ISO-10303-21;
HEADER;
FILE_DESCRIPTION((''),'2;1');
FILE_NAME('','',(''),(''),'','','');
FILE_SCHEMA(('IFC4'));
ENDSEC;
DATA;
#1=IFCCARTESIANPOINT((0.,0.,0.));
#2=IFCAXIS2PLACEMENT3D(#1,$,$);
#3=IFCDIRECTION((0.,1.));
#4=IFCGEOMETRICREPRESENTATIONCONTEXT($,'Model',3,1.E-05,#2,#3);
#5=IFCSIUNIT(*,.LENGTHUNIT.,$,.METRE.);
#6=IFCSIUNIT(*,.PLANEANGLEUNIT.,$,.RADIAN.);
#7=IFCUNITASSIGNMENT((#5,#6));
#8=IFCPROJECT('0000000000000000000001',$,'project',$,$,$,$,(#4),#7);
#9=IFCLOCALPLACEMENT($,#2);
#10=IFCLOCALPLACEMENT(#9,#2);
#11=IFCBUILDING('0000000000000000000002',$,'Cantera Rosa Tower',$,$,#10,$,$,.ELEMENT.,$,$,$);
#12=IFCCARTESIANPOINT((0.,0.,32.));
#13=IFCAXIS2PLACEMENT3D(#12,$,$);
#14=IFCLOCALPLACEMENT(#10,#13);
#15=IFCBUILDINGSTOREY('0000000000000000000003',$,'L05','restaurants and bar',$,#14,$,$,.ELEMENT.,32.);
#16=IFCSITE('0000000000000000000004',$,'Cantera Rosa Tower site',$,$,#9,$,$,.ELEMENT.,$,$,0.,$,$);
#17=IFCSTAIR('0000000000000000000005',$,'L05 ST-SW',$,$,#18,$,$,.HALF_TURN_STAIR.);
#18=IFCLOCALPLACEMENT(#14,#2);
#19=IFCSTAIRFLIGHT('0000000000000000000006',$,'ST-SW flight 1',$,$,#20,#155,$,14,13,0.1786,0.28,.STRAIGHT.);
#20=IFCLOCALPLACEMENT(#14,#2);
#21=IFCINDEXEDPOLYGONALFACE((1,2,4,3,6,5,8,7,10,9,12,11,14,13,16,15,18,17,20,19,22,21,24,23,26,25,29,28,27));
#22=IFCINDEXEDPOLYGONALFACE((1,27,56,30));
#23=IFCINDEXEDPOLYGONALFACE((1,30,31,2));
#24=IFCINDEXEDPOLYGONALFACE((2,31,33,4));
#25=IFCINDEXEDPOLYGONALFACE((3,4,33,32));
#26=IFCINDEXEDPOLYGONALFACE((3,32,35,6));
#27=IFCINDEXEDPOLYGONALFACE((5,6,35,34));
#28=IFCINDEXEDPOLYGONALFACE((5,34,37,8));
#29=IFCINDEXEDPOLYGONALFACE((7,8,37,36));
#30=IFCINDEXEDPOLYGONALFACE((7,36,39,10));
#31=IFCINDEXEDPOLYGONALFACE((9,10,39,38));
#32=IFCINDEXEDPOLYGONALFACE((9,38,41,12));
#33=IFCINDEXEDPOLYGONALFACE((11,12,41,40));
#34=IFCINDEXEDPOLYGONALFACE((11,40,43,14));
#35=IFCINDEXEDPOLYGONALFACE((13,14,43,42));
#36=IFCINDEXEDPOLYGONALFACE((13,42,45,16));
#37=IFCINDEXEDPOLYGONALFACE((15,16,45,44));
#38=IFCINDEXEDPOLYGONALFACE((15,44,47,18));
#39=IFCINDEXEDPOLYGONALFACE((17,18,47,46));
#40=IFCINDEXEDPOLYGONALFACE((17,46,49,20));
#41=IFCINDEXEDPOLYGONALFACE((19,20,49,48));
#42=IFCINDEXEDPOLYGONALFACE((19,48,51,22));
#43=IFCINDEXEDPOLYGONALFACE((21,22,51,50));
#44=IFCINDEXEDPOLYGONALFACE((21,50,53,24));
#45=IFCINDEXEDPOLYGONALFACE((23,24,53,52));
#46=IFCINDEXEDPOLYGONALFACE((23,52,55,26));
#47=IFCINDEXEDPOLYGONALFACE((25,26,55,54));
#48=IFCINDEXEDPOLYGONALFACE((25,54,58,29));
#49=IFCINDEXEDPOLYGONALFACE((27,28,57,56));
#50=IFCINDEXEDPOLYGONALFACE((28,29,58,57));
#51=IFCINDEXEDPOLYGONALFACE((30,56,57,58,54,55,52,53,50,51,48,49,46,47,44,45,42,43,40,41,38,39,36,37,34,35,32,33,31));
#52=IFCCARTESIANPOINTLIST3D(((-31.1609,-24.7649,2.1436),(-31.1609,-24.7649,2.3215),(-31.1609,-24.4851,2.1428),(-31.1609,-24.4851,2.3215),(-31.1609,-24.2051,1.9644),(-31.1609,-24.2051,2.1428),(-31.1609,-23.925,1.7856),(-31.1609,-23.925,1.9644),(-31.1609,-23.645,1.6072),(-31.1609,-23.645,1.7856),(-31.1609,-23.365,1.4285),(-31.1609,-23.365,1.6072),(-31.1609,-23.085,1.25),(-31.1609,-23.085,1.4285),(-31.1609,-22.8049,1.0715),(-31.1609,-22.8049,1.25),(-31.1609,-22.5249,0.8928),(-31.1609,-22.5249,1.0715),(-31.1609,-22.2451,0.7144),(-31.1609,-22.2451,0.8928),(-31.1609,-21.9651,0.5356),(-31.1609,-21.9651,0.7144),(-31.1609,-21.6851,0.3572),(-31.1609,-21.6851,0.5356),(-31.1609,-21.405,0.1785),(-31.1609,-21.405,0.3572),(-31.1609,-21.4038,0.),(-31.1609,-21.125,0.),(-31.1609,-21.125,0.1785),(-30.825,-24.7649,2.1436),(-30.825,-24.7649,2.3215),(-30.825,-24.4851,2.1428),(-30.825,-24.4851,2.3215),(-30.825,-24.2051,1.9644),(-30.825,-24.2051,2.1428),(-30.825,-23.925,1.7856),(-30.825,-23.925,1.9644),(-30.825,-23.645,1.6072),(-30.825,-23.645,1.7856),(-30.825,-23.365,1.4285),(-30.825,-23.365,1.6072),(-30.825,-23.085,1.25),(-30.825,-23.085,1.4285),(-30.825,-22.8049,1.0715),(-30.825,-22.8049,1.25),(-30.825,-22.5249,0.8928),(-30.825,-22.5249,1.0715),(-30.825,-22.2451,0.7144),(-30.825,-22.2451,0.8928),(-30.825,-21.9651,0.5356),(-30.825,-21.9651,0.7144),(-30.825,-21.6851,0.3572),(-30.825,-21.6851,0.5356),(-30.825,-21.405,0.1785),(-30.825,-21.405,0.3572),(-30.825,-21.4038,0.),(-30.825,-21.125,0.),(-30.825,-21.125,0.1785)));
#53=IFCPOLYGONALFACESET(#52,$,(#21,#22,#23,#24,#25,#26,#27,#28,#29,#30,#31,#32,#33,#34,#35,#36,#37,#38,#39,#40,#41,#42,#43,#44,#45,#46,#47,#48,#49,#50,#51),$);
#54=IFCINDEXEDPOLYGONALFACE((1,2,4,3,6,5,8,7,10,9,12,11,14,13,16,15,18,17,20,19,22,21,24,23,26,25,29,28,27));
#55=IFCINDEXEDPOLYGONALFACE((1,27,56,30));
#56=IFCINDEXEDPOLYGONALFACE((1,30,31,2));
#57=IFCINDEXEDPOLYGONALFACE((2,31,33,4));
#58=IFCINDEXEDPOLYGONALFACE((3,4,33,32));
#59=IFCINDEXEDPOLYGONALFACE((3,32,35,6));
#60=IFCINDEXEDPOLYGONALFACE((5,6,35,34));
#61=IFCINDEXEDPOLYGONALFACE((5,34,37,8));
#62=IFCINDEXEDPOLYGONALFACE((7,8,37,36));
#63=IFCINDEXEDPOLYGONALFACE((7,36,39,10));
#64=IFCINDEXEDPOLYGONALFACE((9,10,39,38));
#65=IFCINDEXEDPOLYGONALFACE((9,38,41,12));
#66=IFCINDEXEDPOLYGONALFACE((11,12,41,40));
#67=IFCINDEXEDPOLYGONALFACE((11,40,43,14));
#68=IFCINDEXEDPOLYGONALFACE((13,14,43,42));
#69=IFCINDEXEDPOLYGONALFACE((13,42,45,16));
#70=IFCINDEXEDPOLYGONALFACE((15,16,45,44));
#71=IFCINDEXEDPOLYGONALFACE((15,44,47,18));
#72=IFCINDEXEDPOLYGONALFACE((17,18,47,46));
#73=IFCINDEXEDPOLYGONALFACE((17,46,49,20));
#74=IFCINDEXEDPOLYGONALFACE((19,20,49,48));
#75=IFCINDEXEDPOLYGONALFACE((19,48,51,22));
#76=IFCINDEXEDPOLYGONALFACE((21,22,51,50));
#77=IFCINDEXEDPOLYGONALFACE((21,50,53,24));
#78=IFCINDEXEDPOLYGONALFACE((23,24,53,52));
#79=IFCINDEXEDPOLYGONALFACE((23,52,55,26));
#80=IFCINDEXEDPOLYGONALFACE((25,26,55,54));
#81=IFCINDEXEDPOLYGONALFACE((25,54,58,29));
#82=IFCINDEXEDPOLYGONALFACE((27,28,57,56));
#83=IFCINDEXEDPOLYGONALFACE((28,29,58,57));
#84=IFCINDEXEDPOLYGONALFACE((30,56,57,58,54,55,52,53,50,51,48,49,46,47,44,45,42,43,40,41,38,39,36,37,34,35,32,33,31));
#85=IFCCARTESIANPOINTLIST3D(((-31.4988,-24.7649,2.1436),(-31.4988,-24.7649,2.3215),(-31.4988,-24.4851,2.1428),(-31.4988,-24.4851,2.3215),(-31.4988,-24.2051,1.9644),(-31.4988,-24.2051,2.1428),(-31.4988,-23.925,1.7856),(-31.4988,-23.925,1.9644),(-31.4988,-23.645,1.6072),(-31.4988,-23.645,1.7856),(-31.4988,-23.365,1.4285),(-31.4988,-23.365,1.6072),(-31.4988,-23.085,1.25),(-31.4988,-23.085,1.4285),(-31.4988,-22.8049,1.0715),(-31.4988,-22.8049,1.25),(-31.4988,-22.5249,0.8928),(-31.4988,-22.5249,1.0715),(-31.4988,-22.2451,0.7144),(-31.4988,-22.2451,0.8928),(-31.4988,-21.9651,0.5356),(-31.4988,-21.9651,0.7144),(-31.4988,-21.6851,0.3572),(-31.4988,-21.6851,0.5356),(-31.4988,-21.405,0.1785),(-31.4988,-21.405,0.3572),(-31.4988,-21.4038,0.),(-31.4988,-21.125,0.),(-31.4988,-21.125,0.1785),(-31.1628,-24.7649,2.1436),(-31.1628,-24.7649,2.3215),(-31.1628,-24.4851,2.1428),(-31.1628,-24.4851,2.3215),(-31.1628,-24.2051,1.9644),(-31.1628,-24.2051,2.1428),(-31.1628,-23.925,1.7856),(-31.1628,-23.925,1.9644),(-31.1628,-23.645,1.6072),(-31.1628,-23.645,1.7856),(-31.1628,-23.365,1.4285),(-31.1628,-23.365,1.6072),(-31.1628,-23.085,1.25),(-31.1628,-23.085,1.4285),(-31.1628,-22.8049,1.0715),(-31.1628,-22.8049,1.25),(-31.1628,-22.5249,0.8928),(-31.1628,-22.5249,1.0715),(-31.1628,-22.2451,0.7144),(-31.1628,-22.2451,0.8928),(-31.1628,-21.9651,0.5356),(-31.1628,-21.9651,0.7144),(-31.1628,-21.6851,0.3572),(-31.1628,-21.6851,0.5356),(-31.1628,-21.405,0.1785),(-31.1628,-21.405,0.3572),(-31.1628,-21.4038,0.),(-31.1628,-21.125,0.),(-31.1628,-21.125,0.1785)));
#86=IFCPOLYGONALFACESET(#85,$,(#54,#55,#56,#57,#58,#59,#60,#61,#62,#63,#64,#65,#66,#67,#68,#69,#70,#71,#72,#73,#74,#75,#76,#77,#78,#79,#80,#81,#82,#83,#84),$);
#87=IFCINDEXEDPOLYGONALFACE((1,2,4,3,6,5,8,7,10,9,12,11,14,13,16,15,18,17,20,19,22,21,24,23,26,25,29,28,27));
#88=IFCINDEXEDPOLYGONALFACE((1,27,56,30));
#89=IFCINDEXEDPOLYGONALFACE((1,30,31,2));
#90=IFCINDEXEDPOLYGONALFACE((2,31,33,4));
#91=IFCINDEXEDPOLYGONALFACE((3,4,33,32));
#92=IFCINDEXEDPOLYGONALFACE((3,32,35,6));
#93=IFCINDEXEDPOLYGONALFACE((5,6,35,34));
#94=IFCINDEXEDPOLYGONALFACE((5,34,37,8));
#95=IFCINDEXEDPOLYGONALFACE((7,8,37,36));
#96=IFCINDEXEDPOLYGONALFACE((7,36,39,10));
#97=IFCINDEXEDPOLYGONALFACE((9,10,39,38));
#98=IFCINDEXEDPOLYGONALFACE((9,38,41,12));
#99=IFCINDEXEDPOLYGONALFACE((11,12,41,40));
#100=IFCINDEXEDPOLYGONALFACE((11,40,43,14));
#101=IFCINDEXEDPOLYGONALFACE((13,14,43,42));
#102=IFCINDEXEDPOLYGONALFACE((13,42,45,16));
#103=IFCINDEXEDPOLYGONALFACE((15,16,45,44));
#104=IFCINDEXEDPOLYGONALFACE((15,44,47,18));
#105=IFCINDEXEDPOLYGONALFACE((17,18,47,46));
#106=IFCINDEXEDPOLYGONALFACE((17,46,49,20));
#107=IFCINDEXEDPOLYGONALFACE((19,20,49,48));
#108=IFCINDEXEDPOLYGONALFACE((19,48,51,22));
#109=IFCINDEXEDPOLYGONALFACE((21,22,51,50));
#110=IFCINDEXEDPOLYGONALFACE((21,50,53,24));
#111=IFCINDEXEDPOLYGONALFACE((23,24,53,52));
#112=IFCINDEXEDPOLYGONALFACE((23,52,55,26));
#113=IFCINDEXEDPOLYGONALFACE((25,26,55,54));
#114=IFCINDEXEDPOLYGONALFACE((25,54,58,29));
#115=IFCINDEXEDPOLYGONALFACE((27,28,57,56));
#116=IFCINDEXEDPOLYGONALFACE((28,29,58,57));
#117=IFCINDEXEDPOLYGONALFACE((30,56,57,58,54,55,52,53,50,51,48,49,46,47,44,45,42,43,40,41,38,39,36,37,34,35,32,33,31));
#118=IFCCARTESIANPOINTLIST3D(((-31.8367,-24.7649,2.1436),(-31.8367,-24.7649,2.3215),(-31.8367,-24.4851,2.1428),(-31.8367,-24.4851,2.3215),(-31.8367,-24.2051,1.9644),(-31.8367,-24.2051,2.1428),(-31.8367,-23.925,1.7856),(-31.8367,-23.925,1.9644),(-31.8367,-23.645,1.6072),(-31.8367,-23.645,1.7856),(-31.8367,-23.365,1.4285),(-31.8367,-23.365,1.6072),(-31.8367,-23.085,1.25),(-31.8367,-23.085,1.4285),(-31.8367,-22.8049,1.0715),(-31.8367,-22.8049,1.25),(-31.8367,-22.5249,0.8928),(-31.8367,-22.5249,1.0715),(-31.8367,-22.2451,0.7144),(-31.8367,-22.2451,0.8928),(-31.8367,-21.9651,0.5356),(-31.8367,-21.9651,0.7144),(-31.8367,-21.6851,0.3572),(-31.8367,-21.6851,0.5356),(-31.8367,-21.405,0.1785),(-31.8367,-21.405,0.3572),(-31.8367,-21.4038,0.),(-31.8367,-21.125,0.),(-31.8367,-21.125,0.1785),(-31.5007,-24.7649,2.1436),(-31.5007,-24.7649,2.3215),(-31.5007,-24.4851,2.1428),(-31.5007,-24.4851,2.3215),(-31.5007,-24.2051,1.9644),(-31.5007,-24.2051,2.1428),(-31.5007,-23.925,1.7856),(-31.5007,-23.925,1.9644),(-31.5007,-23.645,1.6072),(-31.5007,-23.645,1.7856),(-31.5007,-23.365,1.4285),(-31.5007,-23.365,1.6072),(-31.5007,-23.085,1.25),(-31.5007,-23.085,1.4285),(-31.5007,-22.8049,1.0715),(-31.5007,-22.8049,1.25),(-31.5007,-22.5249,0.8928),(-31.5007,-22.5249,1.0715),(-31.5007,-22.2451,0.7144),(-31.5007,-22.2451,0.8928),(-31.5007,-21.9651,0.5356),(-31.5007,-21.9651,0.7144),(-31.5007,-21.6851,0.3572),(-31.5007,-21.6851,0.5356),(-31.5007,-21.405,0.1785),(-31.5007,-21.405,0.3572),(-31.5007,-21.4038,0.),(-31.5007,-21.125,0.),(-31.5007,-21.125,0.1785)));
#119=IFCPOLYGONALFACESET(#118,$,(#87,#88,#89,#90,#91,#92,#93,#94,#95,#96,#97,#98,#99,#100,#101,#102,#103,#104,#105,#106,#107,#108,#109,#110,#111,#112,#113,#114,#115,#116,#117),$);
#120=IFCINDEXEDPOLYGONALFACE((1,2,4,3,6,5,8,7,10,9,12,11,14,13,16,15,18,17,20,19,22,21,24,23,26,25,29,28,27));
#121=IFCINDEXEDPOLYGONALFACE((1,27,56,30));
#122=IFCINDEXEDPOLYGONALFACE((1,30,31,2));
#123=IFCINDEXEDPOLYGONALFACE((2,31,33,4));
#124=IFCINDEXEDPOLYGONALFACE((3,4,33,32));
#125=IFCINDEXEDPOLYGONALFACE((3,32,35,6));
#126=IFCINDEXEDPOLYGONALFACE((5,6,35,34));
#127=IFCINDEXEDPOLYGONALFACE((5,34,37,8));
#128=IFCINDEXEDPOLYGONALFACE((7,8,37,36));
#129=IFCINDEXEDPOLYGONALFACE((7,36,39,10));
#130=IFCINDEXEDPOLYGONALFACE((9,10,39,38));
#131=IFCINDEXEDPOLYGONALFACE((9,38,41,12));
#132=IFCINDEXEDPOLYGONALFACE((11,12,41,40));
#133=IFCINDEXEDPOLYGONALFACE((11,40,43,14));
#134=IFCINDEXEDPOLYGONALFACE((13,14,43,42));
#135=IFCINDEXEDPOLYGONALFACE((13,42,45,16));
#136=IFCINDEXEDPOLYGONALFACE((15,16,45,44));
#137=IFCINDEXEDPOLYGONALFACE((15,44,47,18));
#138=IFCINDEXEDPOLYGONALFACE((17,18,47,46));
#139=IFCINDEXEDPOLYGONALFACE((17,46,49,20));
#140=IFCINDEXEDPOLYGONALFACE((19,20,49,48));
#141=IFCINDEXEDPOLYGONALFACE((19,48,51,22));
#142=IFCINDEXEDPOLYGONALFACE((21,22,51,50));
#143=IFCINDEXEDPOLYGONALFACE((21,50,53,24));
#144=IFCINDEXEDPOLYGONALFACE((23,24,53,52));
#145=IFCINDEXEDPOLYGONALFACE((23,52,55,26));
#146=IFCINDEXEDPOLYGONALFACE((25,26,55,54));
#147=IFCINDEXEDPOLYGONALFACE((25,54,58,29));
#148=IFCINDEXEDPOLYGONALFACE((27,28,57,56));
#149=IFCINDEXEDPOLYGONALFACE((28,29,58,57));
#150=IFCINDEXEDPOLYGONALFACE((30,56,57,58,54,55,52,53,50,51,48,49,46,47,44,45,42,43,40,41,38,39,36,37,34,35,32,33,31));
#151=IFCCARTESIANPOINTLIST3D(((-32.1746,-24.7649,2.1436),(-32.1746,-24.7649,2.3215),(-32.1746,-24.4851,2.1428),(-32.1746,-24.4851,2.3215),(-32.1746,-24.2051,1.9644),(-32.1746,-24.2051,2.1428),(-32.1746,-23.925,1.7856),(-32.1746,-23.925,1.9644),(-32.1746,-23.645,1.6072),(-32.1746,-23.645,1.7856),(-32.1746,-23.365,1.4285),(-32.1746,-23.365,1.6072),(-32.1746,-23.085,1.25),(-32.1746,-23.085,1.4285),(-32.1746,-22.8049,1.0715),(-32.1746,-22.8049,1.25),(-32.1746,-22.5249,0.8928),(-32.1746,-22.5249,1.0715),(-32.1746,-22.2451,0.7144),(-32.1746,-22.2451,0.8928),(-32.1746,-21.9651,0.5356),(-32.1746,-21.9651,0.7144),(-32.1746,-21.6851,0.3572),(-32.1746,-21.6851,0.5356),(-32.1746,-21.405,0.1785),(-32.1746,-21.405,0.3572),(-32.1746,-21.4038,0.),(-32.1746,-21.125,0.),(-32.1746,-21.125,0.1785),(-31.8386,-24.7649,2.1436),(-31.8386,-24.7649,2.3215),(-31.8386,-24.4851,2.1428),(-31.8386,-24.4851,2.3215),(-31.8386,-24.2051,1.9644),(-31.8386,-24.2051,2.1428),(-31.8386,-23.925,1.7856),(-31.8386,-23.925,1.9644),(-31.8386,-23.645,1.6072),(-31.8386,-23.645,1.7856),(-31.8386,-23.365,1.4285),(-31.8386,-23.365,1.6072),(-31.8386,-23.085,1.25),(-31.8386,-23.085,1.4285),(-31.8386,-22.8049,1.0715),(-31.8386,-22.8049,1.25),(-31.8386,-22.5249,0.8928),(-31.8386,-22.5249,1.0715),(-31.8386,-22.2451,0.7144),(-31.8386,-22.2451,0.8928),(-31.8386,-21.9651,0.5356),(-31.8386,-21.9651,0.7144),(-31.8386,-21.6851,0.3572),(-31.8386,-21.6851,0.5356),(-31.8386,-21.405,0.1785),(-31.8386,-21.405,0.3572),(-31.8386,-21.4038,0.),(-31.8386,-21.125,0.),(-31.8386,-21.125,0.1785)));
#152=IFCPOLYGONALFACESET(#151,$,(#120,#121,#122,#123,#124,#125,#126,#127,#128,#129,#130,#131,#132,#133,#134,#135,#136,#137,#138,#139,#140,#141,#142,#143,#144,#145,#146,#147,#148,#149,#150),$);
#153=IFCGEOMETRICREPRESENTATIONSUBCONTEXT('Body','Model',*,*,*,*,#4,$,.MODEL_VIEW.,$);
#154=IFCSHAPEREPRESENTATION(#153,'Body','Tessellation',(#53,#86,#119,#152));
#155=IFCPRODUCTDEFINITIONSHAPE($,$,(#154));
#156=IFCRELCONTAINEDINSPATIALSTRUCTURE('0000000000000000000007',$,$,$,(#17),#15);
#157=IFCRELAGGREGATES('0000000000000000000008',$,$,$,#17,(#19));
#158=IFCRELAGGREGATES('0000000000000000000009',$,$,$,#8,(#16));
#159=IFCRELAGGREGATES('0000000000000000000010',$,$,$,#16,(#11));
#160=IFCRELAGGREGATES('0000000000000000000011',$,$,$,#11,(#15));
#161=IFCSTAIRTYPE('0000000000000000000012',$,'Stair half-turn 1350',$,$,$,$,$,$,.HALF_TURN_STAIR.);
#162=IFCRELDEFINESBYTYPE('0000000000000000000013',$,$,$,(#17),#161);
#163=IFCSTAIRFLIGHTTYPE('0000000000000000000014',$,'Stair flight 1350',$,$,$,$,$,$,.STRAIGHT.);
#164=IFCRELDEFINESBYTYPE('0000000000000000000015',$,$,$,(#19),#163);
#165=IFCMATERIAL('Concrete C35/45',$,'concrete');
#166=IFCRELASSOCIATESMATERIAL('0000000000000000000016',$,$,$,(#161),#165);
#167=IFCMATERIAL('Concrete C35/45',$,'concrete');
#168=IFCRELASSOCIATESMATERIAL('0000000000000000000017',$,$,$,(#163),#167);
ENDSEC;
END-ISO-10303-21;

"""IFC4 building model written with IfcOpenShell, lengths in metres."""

from ifc_helpers import new_model, si_unit, direction, frame, origin, place, context, subcontext, project, spatial, polyline, outline, extrude, material, type_object, element, aggregate, save


model = new_model("IFC4")

# Units and contexts
model_context = context("Model", 3, precision=1e-05, world=origin(), true_north=direction((0.0, 1.0)))
body_context = subcontext(model_context, "Body", "Model", "MODEL_VIEW")
ifc_project = project(units=[si_unit("LENGTHUNIT", "METRE"), si_unit("PLANEANGLEUNIT", "RADIAN")], contexts=[model_context])

# Site, building, storey
site_placement = place(None, origin())
site = spatial("IfcSite", under=ifc_project, at=site_placement, Name="Cantera Rosa Tower site", CompositionType="ELEMENT", RefElevation=0.0)
building_placement = place(site_placement, origin())
building = spatial("IfcBuilding", under=site, at=building_placement, Name="Cantera Rosa Tower", CompositionType="ELEMENT")
storey_placement = place(building_placement, frame((0.0, 0.0, 32.0)))
storey = spatial("IfcBuildingStorey", under=building, at=storey_placement, Name="L05", Description="restaurants and bar", CompositionType="ELEMENT", Elevation=32.0)

# Stair, stair flight
ifc_material_1 = material(Name="Concrete C35/45", Category="concrete")
stair_type = type_object("IfcStairType", Name="Stair half-turn 1350", PredefinedType="HALF_TURN_STAIR", material=ifc_material_1)
stair_placement = place(storey_placement, origin())
stair = element("IfcStair", 1, at=stair_placement, inside=storey, type_object=stair_type, Name="L05 ST-SW", PredefinedType="HALF_TURN_STAIR")
ifc_material_2 = material(Name="Concrete C35/45", Category="concrete")
stair_flight_type = type_object("IfcStairFlightType", Name="Stair flight 1350", PredefinedType="STRAIGHT", material=ifc_material_2)
stair_flight_1_placement = place(storey_placement, frame((-31.5, -21.125, 0.0), z_axis=(0.0, 0.0, 1.0), x_axis=(0.0, -1.0, 0.0)))
stair_flight_1 = element("IfcStairFlight", 2, at=stair_flight_1_placement, type_object=stair_flight_type, Name="ST-SW flight 1", NumberOfRisers=14, NumberOfTreads=13, PredefinedType="STRAIGHT", RiserHeight=0.1786, TreadLength=0.28, context=body_context, shape_type="SweptSolid", body=[
    extrude(outline(polyline([(0.0, 0.0), (0.0, 0.1785), (0.28, 0.1785), (0.28, 0.3572), (0.5601, 0.3572), (0.5601, 0.5356), (0.8401, 0.5356), (0.8401, 0.7144), (1.1201, 0.7144), (1.1201, 0.8928), (1.3999, 0.8928), (1.3999, 1.0715), (1.6799, 1.0715), (1.6799, 1.25), (1.96, 1.25), (1.96, 1.4285), (2.24, 1.4285), (2.24, 1.6072), (2.52, 1.6072), (2.52, 1.7856), (2.8, 1.7856), (2.8, 1.9644), (3.0801, 1.9644), (3.0801, 2.1428), (3.3601, 2.1428), (3.3601, 2.3215), (3.6399, 2.3215), (3.6399, 2.5), (3.6399, 2.1436), (0.2788, 0.0), (0.0, 0.0)])), frame((0.0, 0.675, 0.0), z_axis=(0.0, -1.0, 0.0), x_axis=(1.0, 0.0, 0.0)), (0.0, 0.0, 1.0), 0.3359),
    extrude(outline(polyline([(0.0, 0.0), (0.0, 0.1785), (0.28, 0.1785), (0.28, 0.3572), (0.5601, 0.3572), (0.5601, 0.5356), (0.8401, 0.5356), (0.8401, 0.7144), (1.1201, 0.7144), (1.1201, 0.8928), (1.3999, 0.8928), (1.3999, 1.0715), (1.6799, 1.0715), (1.6799, 1.25), (1.96, 1.25), (1.96, 1.4285), (2.24, 1.4285), (2.24, 1.6072), (2.52, 1.6072), (2.52, 1.7856), (2.8, 1.7856), (2.8, 1.9644), (3.0801, 1.9644), (3.0801, 2.1428), (3.3601, 2.1428), (3.3601, 2.3215), (3.6399, 2.3215), (3.6399, 2.5), (3.6399, 2.1436), (0.2788, 0.0), (0.0, 0.0)])), frame((0.0, 0.3372, 0.0), z_axis=(0.0, -1.0, 0.0), x_axis=(1.0, 0.0, 0.0)), (0.0, 0.0, 1.0), 0.3359),
    extrude(outline(polyline([(0.0, 0.0), (0.0, 0.1785), (0.28, 0.1785), (0.28, 0.3572), (0.5601, 0.3572), (0.5601, 0.5356), (0.8401, 0.5356), (0.8401, 0.7144), (1.1201, 0.7144), (1.1201, 0.8928), (1.3999, 0.8928), (1.3999, 1.0715), (1.6799, 1.0715), (1.6799, 1.25), (1.96, 1.25), (1.96, 1.4285), (2.24, 1.4285), (2.24, 1.6072), (2.52, 1.6072), (2.52, 1.7856), (2.8, 1.7856), (2.8, 1.9644), (3.0801, 1.9644), (3.0801, 2.1428), (3.3601, 2.1428), (3.3601, 2.3215), (3.6399, 2.3215), (3.6399, 2.5), (3.6399, 2.1436), (0.2788, 0.0), (0.0, 0.0)])), frame((0.0, -0.0007, 0.0), z_axis=(0.0, -1.0, 0.0), x_axis=(1.0, 0.0, 0.0)), (0.0, 0.0, 1.0), 0.3359),
    extrude(outline(polyline([(0.0, 0.0), (0.0, 0.1785), (0.28, 0.1785), (0.28, 0.3572), (0.5601, 0.3572), (0.5601, 0.5356), (0.8401, 0.5356), (0.8401, 0.7144), (1.1201, 0.7144), (1.1201, 0.8928), (1.3999, 0.8928), (1.3999, 1.0715), (1.6799, 1.0715), (1.6799, 1.25), (1.96, 1.25), (1.96, 1.4285), (2.24, 1.4285), (2.24, 1.6072), (2.52, 1.6072), (2.52, 1.7856), (2.8, 1.7856), (2.8, 1.9644), (3.0801, 1.9644), (3.0801, 2.1428), (3.3601, 2.1428), (3.3601, 2.3215), (3.6399, 2.3215), (3.6399, 2.5), (3.6399, 2.1436), (0.2788, 0.0), (0.0, 0.0)])), frame((0.0, -0.3386, 0.0), z_axis=(0.0, -1.0, 0.0), x_axis=(1.0, 0.0, 0.0)), (0.0, 0.0, 1.0), 0.3359),
])
aggregate(stair, [stair_flight_1])

save(model, "model.ifc")
